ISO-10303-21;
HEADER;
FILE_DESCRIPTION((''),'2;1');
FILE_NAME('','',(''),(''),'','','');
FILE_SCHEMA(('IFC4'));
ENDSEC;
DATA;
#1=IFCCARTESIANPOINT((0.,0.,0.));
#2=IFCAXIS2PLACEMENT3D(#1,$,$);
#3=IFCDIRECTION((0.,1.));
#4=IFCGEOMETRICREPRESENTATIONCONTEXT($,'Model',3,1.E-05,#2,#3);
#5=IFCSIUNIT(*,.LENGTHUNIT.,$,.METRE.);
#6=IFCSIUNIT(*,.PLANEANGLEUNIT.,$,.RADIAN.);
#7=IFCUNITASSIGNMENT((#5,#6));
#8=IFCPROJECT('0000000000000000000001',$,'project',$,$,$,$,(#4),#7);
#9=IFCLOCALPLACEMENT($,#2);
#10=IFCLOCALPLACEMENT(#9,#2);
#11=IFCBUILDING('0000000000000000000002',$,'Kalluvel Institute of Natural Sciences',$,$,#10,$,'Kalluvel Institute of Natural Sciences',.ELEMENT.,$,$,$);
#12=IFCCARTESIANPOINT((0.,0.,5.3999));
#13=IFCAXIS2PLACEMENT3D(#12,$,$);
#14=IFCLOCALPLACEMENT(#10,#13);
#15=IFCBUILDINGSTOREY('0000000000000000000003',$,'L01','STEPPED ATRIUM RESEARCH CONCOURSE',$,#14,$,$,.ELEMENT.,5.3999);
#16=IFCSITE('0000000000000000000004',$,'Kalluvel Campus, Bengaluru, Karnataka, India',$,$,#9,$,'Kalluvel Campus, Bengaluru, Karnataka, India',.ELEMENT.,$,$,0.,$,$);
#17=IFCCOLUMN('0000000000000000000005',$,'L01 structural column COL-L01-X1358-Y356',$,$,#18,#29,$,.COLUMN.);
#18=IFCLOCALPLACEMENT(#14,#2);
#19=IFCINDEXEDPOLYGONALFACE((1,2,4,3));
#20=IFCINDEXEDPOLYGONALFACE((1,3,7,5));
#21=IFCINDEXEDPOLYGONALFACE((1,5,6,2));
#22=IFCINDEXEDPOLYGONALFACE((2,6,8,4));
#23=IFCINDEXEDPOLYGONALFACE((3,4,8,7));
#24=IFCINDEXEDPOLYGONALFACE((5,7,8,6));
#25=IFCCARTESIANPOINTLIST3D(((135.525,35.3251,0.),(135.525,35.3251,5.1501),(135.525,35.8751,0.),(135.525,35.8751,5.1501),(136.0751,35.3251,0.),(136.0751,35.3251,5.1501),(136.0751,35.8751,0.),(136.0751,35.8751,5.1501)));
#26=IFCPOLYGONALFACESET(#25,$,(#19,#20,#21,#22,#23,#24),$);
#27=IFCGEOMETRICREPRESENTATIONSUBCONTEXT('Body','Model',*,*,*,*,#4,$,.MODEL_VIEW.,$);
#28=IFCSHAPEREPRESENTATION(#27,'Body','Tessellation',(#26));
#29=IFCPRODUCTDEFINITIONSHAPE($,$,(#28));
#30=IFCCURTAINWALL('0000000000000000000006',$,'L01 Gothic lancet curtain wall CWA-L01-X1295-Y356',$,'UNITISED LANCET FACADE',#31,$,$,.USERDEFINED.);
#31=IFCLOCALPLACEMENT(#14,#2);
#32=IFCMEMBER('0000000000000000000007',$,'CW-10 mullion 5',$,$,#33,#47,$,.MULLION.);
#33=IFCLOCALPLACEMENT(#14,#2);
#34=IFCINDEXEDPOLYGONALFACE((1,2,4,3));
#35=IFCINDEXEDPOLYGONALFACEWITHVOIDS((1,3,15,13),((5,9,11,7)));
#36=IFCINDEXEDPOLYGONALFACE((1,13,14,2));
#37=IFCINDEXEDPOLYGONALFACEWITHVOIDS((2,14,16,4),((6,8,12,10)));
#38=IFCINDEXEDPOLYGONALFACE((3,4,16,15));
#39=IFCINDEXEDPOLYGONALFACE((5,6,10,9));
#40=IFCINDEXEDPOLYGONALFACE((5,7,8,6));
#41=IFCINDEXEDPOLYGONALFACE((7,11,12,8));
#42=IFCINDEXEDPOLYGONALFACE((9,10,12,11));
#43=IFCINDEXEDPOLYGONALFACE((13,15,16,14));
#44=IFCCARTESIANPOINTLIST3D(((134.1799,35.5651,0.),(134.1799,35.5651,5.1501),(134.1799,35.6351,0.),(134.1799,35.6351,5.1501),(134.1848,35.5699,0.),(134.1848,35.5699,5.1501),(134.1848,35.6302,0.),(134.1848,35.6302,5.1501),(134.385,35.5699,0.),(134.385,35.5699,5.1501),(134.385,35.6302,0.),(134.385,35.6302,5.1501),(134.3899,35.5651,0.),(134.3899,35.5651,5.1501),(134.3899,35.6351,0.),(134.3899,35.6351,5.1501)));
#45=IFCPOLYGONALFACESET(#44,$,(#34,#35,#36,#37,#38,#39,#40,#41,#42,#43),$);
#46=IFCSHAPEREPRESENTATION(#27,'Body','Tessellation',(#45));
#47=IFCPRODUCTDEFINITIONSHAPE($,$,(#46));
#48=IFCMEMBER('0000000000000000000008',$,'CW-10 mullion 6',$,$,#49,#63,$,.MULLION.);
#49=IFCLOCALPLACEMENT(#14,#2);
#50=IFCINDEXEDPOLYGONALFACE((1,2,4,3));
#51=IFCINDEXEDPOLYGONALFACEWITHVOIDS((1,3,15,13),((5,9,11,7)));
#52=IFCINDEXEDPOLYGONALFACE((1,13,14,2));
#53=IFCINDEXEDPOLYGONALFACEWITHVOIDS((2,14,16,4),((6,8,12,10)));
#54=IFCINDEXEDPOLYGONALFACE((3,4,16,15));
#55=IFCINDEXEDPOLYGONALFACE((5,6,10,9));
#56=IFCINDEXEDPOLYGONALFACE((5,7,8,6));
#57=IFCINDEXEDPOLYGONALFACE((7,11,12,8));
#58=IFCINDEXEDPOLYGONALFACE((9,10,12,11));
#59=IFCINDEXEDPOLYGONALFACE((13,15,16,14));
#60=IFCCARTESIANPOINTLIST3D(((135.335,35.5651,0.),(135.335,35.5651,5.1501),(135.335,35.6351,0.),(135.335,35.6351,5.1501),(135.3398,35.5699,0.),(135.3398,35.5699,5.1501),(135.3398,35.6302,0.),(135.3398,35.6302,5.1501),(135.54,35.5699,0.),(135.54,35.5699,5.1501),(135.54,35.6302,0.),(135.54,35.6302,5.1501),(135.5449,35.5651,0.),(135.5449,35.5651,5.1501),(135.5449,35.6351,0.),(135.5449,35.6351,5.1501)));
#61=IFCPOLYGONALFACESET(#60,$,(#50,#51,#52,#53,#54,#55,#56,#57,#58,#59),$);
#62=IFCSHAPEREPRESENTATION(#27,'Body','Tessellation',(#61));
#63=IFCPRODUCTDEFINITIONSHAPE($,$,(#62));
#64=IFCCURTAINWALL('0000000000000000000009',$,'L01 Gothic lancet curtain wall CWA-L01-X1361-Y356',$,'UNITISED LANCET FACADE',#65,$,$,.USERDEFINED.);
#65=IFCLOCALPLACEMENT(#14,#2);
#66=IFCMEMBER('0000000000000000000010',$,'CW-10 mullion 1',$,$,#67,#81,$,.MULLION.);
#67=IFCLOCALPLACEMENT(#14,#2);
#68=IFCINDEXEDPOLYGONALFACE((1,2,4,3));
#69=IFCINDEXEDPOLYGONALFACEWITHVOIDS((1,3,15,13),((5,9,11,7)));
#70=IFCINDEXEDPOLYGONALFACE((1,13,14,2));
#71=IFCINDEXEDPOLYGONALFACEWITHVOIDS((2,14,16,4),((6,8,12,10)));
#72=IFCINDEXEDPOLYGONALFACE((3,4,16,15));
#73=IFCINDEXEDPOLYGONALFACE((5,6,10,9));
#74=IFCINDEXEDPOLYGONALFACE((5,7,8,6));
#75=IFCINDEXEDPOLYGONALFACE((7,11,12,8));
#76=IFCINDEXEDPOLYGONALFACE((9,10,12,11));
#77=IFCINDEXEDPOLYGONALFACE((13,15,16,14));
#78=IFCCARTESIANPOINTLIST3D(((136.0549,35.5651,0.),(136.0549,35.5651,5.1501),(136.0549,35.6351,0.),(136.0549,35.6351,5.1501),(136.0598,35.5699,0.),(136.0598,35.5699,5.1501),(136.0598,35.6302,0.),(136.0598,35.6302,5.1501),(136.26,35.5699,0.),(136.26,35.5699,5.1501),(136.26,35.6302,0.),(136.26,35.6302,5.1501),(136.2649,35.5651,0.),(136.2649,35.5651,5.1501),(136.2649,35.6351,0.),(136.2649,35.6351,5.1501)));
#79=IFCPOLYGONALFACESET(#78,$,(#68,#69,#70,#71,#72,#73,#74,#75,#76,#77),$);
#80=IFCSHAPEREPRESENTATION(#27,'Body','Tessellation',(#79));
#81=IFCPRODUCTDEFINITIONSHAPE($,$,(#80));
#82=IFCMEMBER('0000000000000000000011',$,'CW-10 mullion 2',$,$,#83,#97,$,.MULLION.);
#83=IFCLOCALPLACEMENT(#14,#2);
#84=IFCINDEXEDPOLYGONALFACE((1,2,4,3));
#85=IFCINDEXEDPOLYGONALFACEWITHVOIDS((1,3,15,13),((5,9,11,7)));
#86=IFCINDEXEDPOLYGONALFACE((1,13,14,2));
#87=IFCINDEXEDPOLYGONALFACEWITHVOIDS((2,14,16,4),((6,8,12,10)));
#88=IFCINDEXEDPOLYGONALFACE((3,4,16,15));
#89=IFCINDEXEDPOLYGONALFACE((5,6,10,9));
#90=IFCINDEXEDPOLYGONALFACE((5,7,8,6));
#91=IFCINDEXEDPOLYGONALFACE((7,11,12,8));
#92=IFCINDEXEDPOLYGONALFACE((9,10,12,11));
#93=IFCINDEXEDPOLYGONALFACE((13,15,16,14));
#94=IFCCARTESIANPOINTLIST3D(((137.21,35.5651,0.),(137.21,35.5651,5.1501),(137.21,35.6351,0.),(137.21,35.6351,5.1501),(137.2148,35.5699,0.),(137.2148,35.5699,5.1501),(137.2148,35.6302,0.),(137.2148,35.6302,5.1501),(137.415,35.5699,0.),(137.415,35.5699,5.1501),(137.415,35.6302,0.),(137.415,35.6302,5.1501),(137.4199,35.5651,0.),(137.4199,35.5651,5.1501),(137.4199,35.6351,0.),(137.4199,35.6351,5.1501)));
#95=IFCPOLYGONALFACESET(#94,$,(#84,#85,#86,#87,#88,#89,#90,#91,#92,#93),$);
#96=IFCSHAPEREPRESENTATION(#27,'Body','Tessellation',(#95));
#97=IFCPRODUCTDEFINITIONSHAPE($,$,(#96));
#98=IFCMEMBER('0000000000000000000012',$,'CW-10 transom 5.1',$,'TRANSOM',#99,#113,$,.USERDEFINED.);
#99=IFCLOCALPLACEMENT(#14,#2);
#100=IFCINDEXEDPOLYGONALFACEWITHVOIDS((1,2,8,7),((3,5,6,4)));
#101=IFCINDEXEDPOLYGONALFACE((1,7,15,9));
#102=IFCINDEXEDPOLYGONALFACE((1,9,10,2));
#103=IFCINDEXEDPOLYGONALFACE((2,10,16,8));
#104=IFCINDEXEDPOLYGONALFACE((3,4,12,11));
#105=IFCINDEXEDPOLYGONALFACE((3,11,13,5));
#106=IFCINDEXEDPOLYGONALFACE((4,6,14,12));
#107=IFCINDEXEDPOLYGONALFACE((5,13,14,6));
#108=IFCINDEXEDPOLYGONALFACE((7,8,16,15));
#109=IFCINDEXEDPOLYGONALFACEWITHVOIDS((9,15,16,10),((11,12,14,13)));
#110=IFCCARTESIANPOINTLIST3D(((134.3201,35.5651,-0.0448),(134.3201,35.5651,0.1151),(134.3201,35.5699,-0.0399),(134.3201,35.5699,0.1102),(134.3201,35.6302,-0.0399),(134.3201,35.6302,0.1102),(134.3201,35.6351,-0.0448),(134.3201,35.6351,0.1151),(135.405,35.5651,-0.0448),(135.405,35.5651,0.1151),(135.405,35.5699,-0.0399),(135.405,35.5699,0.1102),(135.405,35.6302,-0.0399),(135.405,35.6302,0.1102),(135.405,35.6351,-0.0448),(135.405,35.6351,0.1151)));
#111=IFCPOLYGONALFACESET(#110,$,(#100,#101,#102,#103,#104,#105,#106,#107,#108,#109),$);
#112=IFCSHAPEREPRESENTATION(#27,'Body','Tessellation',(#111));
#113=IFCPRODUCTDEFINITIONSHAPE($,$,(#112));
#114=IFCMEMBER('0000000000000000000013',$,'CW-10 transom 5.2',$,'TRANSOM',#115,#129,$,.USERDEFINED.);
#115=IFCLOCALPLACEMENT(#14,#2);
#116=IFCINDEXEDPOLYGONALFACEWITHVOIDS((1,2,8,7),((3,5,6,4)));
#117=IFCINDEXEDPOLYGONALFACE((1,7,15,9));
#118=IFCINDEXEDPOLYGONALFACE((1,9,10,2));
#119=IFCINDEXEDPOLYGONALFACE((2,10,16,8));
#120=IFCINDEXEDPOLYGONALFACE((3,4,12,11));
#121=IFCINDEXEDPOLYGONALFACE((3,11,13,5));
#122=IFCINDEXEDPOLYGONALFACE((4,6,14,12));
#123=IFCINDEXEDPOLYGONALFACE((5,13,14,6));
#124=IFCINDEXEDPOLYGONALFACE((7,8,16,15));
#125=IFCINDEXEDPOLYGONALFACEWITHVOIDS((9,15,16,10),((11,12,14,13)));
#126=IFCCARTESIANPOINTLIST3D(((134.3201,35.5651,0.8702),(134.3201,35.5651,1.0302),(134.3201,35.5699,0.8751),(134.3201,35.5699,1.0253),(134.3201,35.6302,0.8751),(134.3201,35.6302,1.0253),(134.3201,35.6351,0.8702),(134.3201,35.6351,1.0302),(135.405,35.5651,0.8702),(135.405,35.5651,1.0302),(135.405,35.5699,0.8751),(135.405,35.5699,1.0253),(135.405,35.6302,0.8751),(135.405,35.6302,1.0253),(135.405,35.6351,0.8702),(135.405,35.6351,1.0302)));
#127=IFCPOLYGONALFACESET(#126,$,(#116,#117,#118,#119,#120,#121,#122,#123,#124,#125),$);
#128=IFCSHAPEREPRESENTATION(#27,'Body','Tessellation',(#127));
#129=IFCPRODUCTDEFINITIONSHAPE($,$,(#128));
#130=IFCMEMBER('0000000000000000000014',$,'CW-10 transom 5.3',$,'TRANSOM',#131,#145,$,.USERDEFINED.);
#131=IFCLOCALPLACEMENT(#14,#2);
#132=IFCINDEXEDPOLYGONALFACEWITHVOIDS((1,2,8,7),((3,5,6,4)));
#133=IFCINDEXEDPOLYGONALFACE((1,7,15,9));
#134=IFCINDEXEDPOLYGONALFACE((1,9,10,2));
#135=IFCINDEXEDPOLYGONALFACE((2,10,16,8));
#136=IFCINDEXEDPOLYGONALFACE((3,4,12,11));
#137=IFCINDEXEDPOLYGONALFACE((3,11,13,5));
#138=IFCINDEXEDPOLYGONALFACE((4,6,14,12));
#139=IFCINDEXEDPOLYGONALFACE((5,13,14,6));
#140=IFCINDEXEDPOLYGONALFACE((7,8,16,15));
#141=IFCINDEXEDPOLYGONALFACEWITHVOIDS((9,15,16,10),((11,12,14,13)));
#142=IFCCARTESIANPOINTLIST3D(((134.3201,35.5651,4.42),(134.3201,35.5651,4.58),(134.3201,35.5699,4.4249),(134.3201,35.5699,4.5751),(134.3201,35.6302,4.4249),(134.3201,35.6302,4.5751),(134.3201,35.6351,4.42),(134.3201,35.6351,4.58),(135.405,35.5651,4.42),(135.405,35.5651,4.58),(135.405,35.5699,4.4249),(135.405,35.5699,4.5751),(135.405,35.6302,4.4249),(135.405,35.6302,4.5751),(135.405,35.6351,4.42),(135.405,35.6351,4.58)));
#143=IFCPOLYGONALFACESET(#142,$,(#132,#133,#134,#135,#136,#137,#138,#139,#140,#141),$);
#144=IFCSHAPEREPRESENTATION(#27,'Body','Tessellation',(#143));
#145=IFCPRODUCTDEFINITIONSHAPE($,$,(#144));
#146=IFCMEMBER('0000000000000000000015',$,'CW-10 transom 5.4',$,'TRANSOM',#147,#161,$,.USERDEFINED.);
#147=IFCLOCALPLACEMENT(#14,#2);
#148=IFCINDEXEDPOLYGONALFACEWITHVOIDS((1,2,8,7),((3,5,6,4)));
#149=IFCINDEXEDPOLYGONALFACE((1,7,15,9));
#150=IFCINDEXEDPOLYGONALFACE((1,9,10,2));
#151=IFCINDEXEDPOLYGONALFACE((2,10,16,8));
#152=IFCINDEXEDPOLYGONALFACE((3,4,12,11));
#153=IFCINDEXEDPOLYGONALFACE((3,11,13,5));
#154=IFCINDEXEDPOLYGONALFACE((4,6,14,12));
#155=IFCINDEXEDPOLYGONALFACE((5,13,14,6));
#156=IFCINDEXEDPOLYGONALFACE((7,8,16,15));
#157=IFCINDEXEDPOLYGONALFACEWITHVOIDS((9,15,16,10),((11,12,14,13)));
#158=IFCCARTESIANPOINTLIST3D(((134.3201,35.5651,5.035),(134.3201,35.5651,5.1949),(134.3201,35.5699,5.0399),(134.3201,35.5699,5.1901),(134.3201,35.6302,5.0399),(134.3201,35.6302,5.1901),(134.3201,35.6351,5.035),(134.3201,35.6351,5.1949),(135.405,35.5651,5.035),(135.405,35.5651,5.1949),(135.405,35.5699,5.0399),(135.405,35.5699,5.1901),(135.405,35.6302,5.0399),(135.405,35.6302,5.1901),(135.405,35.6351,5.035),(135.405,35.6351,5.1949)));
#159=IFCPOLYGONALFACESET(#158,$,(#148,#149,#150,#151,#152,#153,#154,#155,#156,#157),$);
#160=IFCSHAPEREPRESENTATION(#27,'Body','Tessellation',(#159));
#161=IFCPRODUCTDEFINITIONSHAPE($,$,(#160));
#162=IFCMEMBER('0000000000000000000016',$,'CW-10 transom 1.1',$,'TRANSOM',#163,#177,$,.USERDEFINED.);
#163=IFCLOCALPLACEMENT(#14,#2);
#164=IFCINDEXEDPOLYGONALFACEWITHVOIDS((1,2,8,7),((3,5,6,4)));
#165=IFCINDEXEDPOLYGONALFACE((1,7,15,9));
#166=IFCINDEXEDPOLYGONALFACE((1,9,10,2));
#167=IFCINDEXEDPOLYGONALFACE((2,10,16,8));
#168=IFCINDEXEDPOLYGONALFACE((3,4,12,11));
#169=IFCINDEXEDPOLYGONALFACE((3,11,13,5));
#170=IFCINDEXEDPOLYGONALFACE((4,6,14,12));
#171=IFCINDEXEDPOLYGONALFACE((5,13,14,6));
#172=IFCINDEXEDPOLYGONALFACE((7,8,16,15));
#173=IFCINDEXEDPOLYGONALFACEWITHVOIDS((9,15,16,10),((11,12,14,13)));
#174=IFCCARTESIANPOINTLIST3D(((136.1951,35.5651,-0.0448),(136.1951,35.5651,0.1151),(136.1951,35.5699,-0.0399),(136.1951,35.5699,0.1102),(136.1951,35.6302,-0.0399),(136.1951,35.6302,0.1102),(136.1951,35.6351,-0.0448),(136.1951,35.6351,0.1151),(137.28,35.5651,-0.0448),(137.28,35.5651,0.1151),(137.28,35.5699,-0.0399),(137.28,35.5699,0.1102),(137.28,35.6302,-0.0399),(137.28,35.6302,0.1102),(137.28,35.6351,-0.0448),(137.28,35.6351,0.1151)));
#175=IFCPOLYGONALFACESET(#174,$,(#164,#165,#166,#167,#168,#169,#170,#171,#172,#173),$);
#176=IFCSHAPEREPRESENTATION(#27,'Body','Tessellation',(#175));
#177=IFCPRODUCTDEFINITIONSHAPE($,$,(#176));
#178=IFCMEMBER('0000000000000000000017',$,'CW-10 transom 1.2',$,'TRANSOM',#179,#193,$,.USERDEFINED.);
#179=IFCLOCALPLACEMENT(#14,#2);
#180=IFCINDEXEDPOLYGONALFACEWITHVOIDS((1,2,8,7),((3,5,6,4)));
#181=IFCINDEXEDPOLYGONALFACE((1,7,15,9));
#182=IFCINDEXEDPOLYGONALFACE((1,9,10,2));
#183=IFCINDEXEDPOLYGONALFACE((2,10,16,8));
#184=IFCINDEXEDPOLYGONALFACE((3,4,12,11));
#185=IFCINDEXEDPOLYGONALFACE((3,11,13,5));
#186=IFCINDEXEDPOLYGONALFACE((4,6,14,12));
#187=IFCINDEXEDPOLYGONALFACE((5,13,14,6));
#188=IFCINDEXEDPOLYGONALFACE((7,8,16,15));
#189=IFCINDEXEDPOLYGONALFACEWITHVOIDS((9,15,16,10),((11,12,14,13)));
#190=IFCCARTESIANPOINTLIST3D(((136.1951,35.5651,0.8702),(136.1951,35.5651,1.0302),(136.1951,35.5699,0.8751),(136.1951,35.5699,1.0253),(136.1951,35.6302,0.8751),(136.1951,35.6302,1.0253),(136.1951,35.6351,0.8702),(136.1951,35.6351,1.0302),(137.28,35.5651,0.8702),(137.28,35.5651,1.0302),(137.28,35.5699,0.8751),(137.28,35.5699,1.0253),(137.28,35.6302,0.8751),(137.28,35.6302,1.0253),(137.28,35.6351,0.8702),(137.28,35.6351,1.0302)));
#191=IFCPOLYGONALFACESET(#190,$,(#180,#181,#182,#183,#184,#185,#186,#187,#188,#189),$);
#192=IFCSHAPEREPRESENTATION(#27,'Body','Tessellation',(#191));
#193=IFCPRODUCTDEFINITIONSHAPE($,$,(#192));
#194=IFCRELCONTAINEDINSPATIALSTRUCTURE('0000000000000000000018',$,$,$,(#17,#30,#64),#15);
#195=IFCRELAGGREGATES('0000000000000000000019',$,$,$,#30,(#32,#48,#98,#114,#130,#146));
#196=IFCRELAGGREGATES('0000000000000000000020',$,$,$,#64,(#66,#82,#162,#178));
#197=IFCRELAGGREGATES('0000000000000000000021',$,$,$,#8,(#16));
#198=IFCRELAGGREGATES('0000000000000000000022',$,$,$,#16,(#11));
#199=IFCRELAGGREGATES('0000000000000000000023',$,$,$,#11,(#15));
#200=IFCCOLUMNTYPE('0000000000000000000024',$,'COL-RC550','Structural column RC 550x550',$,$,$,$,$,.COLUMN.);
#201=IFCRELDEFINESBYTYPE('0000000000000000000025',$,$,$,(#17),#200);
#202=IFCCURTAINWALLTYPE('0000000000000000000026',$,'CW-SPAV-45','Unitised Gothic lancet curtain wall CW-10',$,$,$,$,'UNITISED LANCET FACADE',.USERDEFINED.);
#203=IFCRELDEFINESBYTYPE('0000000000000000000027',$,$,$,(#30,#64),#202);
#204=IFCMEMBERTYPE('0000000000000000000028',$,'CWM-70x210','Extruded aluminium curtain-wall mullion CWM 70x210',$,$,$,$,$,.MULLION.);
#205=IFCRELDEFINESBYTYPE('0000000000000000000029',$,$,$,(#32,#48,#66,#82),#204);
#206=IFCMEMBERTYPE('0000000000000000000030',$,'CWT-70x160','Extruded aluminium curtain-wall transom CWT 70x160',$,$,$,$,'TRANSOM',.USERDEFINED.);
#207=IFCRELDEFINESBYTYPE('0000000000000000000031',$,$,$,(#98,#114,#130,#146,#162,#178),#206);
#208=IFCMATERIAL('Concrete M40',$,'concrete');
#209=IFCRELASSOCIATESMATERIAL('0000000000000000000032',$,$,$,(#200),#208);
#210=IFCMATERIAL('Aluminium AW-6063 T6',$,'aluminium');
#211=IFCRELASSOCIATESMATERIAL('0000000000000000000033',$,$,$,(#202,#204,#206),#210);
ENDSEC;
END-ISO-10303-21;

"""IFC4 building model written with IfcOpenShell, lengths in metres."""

from ifc_helpers import new_model, si_unit, direction, frame, origin, origin_2d, place, context, subcontext, project, spatial, rectangle, hollow_rectangle, extrude, material, material_profile, profile_set, type_object, element, aggregate, save


model = new_model("IFC4")

# Units and contexts
model_context = context("Model", 3, precision=1e-05, world=origin(), true_north=direction((0.0, 1.0)))
body_context = subcontext(model_context, "Body", "Model", "MODEL_VIEW")
ifc_project = project(units=[si_unit("LENGTHUNIT", "METRE"), si_unit("PLANEANGLEUNIT", "RADIAN")], contexts=[model_context])

# Site, building, storey
site_placement = place(None, origin())
site = spatial("IfcSite", under=ifc_project, at=site_placement, Name="Kalluvel Campus, Bengaluru, Karnataka, India", LongName="Kalluvel Campus, Bengaluru, Karnataka, India", CompositionType="ELEMENT", RefElevation=0.0)
building_placement = place(site_placement, origin())
building = spatial("IfcBuilding", under=site, at=building_placement, Name="Kalluvel Institute of Natural Sciences", LongName="Kalluvel Institute of Natural Sciences", CompositionType="ELEMENT")
storey_placement = place(building_placement, frame((0.0, 0.0, 5.3999)))
storey = spatial("IfcBuildingStorey", under=building, at=storey_placement, Name="L01", Description="STEPPED ATRIUM RESEARCH CONCOURSE", CompositionType="ELEMENT", Elevation=5.3999)

# Column
ifc_material_1 = material(Name="Concrete M40", Category="concrete")
ifc_material_profile_1 = material_profile(ifc_material_1, rectangle(XDim=0.55, YDim=0.55, at=origin_2d()), Name="RC 550x550")
ifc_profile_set_1 = profile_set([ifc_material_profile_1], Name="Concrete M40")
column_type = type_object("IfcColumnType", Name="COL-RC550", Description="Structural column RC 550x550", PredefinedType="COLUMN", material=ifc_profile_set_1)
column_placement = place(storey_placement, frame((135.8, 35.6001, 0.0), z_axis=(0.0, 0.0, 1.0), x_axis=(1.0, 0.0, 0.0)))
element("IfcColumn", 1, at=column_placement, inside=storey, type_object=column_type, Name="L01 structural column COL-L01-X1358-Y356", PredefinedType="COLUMN", context=body_context, shape_type="SweptSolid", body=[
    extrude(rectangle(XDim=0.55, YDim=0.55, at=origin_2d()), origin(), (0.0, 0.0, 1.0), 5.1501),
])

# Curtain walls, members
ifc_material_2 = material(Name="Aluminium AW-6063 T6", Category="aluminium")
curtain_wall_type = type_object("IfcCurtainWallType", Name="CW-SPAV-45", Description="Unitised Gothic lancet curtain wall CW-10", ElementType="UNITISED LANCET FACADE", PredefinedType="USERDEFINED", material=ifc_material_2)
curtain_wall_1_placement = place(storey_placement, origin())
curtain_wall_1 = element("IfcCurtainWall", 2, at=curtain_wall_1_placement, inside=storey, type_object=curtain_wall_type, Name="L01 Gothic lancet curtain wall CWA-L01-X1295-Y356", ObjectType="UNITISED LANCET FACADE", PredefinedType="USERDEFINED")
ifc_material_profile_2 = material_profile(ifc_material_2, hollow_rectangle(XDim=0.0701, YDim=0.21, WallThickness=0.0049, at=origin_2d()), Name="CWM 70x210")
ifc_profile_set_2 = profile_set([ifc_material_profile_2], Name="Aluminium AW-6063 T6")
member_type_1 = type_object("IfcMemberType", Name="CWM-70x210", Description="Extruded aluminium curtain-wall mullion CWM 70x210", PredefinedType="MULLION", material=ifc_profile_set_2)
member_1_placement = place(storey_placement, frame((134.2849, 35.6001, 0.0), z_axis=(0.0, 0.0, 1.0), x_axis=(0.0, 1.0, 0.0)))
member_1 = element("IfcMember", 3, at=member_1_placement, type_object=member_type_1, Name="CW-10 mullion 5", PredefinedType="MULLION", context=body_context, shape_type="SweptSolid", body=[
    extrude(hollow_rectangle(XDim=0.0701, YDim=0.21, WallThickness=0.0049, at=origin_2d()), origin(), (0.0, 0.0, 1.0), 5.1501),
])
member_2_placement = place(storey_placement, frame((135.4399, 35.6001, 0.0), z_axis=(0.0, 0.0, 1.0), x_axis=(0.0, 1.0, 0.0)))
member_2 = element("IfcMember", 4, at=member_2_placement, type_object=member_type_1, Name="CW-10 mullion 6", PredefinedType="MULLION", context=body_context, shape_type="SweptSolid", body=[
    extrude(hollow_rectangle(XDim=0.0701, YDim=0.21, WallThickness=0.0049, at=origin_2d()), origin(), (0.0, 0.0, 1.0), 5.1501),
])
curtain_wall_2_placement = place(storey_placement, origin())
curtain_wall_2 = element("IfcCurtainWall", 5, at=curtain_wall_2_placement, inside=storey, type_object=curtain_wall_type, Name="L01 Gothic lancet curtain wall CWA-L01-X1361-Y356", ObjectType="UNITISED LANCET FACADE", PredefinedType="USERDEFINED")
member_3_placement = place(storey_placement, frame((136.1599, 35.6001, 0.0), z_axis=(0.0, 0.0, 1.0), x_axis=(0.0, 1.0, 0.0)))
member_3 = element("IfcMember", 6, at=member_3_placement, type_object=member_type_1, Name="CW-10 mullion 1", PredefinedType="MULLION", context=body_context, shape_type="SweptSolid", body=[
    extrude(hollow_rectangle(XDim=0.0701, YDim=0.21, WallThickness=0.0049, at=origin_2d()), origin(), (0.0, 0.0, 1.0), 5.1501),
])
member_4_placement = place(storey_placement, frame((137.3149, 35.6001, 0.0), z_axis=(0.0, 0.0, 1.0), x_axis=(0.0, 1.0, 0.0)))
member_4 = element("IfcMember", 7, at=member_4_placement, type_object=member_type_1, Name="CW-10 mullion 2", PredefinedType="MULLION", context=body_context, shape_type="SweptSolid", body=[
    extrude(hollow_rectangle(XDim=0.0701, YDim=0.21, WallThickness=0.0049, at=origin_2d()), origin(), (0.0, 0.0, 1.0), 5.1501),
])

# Members
ifc_material_profile_3 = material_profile(ifc_material_2, hollow_rectangle(XDim=0.0701, YDim=0.1599, WallThickness=0.0049, at=origin_2d()), Name="CWT 70x160")
ifc_profile_set_3 = profile_set([ifc_material_profile_3], Name="Aluminium AW-6063 T6")
member_type_2 = type_object("IfcMemberType", Name="CWT-70x160", Description="Extruded aluminium curtain-wall transom CWT 70x160", ElementType="TRANSOM", PredefinedType="USERDEFINED", material=ifc_profile_set_3)
member_5_placement = place(storey_placement, frame((134.3201, 35.6001, 0.0352), z_axis=(1.0, 0.0, 0.0), x_axis=(0.0, 1.0, 0.0)))
member_5 = element("IfcMember", 8, at=member_5_placement, type_object=member_type_2, Name="CW-10 transom 5.1", ObjectType="TRANSOM", PredefinedType="USERDEFINED", context=body_context, shape_type="SweptSolid", body=[
    extrude(hollow_rectangle(XDim=0.0701, YDim=0.1599, WallThickness=0.0049, at=origin_2d()), origin(), (0.0, 0.0, 1.0), 1.085),
])
member_6_placement = place(storey_placement, frame((134.3201, 35.6001, 0.9502), z_axis=(1.0, 0.0, 0.0), x_axis=(0.0, 1.0, 0.0)))
member_6 = element("IfcMember", 9, at=member_6_placement, type_object=member_type_2, Name="CW-10 transom 5.2", ObjectType="TRANSOM", PredefinedType="USERDEFINED", context=body_context, shape_type="SweptSolid", body=[
    extrude(hollow_rectangle(XDim=0.0701, YDim=0.1599, WallThickness=0.0049, at=origin_2d()), origin(), (0.0, 0.0, 1.0), 1.085),
])
member_7_placement = place(storey_placement, frame((134.3201, 35.6001, 4.5), z_axis=(1.0, 0.0, 0.0), x_axis=(0.0, 1.0, 0.0)))
member_7 = element("IfcMember", 10, at=member_7_placement, type_object=member_type_2, Name="CW-10 transom 5.3", ObjectType="TRANSOM", PredefinedType="USERDEFINED", context=body_context, shape_type="SweptSolid", body=[
    extrude(hollow_rectangle(XDim=0.0701, YDim=0.1599, WallThickness=0.0049, at=origin_2d()), origin(), (0.0, 0.0, 1.0), 1.085),
])
member_8_placement = place(storey_placement, frame((134.3201, 35.6001, 5.115), z_axis=(1.0, 0.0, 0.0), x_axis=(0.0, 1.0, 0.0)))
member_8 = element("IfcMember", 11, at=member_8_placement, type_object=member_type_2, Name="CW-10 transom 5.4", ObjectType="TRANSOM", PredefinedType="USERDEFINED", context=body_context, shape_type="SweptSolid", body=[
    extrude(hollow_rectangle(XDim=0.0701, YDim=0.1599, WallThickness=0.0049, at=origin_2d()), origin(), (0.0, 0.0, 1.0), 1.085),
])
member_9_placement = place(storey_placement, frame((136.1951, 35.6001, 0.0352), z_axis=(1.0, 0.0, 0.0), x_axis=(0.0, 1.0, 0.0)))
member_9 = element("IfcMember", 12, at=member_9_placement, type_object=member_type_2, Name="CW-10 transom 1.1", ObjectType="TRANSOM", PredefinedType="USERDEFINED", context=body_context, shape_type="SweptSolid", body=[
    extrude(hollow_rectangle(XDim=0.0701, YDim=0.1599, WallThickness=0.0049, at=origin_2d()), origin(), (0.0, 0.0, 1.0), 1.085),
])
member_10_placement = place(storey_placement, frame((136.1951, 35.6001, 0.9502), z_axis=(1.0, 0.0, 0.0), x_axis=(0.0, 1.0, 0.0)))
member_10 = element("IfcMember", 13, at=member_10_placement, type_object=member_type_2, Name="CW-10 transom 1.2", ObjectType="TRANSOM", PredefinedType="USERDEFINED", context=body_context, shape_type="SweptSolid", body=[
    extrude(hollow_rectangle(XDim=0.0701, YDim=0.1599, WallThickness=0.0049, at=origin_2d()), origin(), (0.0, 0.0, 1.0), 1.085),
])

aggregate(curtain_wall_1, [member_1, member_2, member_5, member_6, member_7, member_8])
aggregate(curtain_wall_2, [member_3, member_4, member_9, member_10])

save(model, "model.ifc")
